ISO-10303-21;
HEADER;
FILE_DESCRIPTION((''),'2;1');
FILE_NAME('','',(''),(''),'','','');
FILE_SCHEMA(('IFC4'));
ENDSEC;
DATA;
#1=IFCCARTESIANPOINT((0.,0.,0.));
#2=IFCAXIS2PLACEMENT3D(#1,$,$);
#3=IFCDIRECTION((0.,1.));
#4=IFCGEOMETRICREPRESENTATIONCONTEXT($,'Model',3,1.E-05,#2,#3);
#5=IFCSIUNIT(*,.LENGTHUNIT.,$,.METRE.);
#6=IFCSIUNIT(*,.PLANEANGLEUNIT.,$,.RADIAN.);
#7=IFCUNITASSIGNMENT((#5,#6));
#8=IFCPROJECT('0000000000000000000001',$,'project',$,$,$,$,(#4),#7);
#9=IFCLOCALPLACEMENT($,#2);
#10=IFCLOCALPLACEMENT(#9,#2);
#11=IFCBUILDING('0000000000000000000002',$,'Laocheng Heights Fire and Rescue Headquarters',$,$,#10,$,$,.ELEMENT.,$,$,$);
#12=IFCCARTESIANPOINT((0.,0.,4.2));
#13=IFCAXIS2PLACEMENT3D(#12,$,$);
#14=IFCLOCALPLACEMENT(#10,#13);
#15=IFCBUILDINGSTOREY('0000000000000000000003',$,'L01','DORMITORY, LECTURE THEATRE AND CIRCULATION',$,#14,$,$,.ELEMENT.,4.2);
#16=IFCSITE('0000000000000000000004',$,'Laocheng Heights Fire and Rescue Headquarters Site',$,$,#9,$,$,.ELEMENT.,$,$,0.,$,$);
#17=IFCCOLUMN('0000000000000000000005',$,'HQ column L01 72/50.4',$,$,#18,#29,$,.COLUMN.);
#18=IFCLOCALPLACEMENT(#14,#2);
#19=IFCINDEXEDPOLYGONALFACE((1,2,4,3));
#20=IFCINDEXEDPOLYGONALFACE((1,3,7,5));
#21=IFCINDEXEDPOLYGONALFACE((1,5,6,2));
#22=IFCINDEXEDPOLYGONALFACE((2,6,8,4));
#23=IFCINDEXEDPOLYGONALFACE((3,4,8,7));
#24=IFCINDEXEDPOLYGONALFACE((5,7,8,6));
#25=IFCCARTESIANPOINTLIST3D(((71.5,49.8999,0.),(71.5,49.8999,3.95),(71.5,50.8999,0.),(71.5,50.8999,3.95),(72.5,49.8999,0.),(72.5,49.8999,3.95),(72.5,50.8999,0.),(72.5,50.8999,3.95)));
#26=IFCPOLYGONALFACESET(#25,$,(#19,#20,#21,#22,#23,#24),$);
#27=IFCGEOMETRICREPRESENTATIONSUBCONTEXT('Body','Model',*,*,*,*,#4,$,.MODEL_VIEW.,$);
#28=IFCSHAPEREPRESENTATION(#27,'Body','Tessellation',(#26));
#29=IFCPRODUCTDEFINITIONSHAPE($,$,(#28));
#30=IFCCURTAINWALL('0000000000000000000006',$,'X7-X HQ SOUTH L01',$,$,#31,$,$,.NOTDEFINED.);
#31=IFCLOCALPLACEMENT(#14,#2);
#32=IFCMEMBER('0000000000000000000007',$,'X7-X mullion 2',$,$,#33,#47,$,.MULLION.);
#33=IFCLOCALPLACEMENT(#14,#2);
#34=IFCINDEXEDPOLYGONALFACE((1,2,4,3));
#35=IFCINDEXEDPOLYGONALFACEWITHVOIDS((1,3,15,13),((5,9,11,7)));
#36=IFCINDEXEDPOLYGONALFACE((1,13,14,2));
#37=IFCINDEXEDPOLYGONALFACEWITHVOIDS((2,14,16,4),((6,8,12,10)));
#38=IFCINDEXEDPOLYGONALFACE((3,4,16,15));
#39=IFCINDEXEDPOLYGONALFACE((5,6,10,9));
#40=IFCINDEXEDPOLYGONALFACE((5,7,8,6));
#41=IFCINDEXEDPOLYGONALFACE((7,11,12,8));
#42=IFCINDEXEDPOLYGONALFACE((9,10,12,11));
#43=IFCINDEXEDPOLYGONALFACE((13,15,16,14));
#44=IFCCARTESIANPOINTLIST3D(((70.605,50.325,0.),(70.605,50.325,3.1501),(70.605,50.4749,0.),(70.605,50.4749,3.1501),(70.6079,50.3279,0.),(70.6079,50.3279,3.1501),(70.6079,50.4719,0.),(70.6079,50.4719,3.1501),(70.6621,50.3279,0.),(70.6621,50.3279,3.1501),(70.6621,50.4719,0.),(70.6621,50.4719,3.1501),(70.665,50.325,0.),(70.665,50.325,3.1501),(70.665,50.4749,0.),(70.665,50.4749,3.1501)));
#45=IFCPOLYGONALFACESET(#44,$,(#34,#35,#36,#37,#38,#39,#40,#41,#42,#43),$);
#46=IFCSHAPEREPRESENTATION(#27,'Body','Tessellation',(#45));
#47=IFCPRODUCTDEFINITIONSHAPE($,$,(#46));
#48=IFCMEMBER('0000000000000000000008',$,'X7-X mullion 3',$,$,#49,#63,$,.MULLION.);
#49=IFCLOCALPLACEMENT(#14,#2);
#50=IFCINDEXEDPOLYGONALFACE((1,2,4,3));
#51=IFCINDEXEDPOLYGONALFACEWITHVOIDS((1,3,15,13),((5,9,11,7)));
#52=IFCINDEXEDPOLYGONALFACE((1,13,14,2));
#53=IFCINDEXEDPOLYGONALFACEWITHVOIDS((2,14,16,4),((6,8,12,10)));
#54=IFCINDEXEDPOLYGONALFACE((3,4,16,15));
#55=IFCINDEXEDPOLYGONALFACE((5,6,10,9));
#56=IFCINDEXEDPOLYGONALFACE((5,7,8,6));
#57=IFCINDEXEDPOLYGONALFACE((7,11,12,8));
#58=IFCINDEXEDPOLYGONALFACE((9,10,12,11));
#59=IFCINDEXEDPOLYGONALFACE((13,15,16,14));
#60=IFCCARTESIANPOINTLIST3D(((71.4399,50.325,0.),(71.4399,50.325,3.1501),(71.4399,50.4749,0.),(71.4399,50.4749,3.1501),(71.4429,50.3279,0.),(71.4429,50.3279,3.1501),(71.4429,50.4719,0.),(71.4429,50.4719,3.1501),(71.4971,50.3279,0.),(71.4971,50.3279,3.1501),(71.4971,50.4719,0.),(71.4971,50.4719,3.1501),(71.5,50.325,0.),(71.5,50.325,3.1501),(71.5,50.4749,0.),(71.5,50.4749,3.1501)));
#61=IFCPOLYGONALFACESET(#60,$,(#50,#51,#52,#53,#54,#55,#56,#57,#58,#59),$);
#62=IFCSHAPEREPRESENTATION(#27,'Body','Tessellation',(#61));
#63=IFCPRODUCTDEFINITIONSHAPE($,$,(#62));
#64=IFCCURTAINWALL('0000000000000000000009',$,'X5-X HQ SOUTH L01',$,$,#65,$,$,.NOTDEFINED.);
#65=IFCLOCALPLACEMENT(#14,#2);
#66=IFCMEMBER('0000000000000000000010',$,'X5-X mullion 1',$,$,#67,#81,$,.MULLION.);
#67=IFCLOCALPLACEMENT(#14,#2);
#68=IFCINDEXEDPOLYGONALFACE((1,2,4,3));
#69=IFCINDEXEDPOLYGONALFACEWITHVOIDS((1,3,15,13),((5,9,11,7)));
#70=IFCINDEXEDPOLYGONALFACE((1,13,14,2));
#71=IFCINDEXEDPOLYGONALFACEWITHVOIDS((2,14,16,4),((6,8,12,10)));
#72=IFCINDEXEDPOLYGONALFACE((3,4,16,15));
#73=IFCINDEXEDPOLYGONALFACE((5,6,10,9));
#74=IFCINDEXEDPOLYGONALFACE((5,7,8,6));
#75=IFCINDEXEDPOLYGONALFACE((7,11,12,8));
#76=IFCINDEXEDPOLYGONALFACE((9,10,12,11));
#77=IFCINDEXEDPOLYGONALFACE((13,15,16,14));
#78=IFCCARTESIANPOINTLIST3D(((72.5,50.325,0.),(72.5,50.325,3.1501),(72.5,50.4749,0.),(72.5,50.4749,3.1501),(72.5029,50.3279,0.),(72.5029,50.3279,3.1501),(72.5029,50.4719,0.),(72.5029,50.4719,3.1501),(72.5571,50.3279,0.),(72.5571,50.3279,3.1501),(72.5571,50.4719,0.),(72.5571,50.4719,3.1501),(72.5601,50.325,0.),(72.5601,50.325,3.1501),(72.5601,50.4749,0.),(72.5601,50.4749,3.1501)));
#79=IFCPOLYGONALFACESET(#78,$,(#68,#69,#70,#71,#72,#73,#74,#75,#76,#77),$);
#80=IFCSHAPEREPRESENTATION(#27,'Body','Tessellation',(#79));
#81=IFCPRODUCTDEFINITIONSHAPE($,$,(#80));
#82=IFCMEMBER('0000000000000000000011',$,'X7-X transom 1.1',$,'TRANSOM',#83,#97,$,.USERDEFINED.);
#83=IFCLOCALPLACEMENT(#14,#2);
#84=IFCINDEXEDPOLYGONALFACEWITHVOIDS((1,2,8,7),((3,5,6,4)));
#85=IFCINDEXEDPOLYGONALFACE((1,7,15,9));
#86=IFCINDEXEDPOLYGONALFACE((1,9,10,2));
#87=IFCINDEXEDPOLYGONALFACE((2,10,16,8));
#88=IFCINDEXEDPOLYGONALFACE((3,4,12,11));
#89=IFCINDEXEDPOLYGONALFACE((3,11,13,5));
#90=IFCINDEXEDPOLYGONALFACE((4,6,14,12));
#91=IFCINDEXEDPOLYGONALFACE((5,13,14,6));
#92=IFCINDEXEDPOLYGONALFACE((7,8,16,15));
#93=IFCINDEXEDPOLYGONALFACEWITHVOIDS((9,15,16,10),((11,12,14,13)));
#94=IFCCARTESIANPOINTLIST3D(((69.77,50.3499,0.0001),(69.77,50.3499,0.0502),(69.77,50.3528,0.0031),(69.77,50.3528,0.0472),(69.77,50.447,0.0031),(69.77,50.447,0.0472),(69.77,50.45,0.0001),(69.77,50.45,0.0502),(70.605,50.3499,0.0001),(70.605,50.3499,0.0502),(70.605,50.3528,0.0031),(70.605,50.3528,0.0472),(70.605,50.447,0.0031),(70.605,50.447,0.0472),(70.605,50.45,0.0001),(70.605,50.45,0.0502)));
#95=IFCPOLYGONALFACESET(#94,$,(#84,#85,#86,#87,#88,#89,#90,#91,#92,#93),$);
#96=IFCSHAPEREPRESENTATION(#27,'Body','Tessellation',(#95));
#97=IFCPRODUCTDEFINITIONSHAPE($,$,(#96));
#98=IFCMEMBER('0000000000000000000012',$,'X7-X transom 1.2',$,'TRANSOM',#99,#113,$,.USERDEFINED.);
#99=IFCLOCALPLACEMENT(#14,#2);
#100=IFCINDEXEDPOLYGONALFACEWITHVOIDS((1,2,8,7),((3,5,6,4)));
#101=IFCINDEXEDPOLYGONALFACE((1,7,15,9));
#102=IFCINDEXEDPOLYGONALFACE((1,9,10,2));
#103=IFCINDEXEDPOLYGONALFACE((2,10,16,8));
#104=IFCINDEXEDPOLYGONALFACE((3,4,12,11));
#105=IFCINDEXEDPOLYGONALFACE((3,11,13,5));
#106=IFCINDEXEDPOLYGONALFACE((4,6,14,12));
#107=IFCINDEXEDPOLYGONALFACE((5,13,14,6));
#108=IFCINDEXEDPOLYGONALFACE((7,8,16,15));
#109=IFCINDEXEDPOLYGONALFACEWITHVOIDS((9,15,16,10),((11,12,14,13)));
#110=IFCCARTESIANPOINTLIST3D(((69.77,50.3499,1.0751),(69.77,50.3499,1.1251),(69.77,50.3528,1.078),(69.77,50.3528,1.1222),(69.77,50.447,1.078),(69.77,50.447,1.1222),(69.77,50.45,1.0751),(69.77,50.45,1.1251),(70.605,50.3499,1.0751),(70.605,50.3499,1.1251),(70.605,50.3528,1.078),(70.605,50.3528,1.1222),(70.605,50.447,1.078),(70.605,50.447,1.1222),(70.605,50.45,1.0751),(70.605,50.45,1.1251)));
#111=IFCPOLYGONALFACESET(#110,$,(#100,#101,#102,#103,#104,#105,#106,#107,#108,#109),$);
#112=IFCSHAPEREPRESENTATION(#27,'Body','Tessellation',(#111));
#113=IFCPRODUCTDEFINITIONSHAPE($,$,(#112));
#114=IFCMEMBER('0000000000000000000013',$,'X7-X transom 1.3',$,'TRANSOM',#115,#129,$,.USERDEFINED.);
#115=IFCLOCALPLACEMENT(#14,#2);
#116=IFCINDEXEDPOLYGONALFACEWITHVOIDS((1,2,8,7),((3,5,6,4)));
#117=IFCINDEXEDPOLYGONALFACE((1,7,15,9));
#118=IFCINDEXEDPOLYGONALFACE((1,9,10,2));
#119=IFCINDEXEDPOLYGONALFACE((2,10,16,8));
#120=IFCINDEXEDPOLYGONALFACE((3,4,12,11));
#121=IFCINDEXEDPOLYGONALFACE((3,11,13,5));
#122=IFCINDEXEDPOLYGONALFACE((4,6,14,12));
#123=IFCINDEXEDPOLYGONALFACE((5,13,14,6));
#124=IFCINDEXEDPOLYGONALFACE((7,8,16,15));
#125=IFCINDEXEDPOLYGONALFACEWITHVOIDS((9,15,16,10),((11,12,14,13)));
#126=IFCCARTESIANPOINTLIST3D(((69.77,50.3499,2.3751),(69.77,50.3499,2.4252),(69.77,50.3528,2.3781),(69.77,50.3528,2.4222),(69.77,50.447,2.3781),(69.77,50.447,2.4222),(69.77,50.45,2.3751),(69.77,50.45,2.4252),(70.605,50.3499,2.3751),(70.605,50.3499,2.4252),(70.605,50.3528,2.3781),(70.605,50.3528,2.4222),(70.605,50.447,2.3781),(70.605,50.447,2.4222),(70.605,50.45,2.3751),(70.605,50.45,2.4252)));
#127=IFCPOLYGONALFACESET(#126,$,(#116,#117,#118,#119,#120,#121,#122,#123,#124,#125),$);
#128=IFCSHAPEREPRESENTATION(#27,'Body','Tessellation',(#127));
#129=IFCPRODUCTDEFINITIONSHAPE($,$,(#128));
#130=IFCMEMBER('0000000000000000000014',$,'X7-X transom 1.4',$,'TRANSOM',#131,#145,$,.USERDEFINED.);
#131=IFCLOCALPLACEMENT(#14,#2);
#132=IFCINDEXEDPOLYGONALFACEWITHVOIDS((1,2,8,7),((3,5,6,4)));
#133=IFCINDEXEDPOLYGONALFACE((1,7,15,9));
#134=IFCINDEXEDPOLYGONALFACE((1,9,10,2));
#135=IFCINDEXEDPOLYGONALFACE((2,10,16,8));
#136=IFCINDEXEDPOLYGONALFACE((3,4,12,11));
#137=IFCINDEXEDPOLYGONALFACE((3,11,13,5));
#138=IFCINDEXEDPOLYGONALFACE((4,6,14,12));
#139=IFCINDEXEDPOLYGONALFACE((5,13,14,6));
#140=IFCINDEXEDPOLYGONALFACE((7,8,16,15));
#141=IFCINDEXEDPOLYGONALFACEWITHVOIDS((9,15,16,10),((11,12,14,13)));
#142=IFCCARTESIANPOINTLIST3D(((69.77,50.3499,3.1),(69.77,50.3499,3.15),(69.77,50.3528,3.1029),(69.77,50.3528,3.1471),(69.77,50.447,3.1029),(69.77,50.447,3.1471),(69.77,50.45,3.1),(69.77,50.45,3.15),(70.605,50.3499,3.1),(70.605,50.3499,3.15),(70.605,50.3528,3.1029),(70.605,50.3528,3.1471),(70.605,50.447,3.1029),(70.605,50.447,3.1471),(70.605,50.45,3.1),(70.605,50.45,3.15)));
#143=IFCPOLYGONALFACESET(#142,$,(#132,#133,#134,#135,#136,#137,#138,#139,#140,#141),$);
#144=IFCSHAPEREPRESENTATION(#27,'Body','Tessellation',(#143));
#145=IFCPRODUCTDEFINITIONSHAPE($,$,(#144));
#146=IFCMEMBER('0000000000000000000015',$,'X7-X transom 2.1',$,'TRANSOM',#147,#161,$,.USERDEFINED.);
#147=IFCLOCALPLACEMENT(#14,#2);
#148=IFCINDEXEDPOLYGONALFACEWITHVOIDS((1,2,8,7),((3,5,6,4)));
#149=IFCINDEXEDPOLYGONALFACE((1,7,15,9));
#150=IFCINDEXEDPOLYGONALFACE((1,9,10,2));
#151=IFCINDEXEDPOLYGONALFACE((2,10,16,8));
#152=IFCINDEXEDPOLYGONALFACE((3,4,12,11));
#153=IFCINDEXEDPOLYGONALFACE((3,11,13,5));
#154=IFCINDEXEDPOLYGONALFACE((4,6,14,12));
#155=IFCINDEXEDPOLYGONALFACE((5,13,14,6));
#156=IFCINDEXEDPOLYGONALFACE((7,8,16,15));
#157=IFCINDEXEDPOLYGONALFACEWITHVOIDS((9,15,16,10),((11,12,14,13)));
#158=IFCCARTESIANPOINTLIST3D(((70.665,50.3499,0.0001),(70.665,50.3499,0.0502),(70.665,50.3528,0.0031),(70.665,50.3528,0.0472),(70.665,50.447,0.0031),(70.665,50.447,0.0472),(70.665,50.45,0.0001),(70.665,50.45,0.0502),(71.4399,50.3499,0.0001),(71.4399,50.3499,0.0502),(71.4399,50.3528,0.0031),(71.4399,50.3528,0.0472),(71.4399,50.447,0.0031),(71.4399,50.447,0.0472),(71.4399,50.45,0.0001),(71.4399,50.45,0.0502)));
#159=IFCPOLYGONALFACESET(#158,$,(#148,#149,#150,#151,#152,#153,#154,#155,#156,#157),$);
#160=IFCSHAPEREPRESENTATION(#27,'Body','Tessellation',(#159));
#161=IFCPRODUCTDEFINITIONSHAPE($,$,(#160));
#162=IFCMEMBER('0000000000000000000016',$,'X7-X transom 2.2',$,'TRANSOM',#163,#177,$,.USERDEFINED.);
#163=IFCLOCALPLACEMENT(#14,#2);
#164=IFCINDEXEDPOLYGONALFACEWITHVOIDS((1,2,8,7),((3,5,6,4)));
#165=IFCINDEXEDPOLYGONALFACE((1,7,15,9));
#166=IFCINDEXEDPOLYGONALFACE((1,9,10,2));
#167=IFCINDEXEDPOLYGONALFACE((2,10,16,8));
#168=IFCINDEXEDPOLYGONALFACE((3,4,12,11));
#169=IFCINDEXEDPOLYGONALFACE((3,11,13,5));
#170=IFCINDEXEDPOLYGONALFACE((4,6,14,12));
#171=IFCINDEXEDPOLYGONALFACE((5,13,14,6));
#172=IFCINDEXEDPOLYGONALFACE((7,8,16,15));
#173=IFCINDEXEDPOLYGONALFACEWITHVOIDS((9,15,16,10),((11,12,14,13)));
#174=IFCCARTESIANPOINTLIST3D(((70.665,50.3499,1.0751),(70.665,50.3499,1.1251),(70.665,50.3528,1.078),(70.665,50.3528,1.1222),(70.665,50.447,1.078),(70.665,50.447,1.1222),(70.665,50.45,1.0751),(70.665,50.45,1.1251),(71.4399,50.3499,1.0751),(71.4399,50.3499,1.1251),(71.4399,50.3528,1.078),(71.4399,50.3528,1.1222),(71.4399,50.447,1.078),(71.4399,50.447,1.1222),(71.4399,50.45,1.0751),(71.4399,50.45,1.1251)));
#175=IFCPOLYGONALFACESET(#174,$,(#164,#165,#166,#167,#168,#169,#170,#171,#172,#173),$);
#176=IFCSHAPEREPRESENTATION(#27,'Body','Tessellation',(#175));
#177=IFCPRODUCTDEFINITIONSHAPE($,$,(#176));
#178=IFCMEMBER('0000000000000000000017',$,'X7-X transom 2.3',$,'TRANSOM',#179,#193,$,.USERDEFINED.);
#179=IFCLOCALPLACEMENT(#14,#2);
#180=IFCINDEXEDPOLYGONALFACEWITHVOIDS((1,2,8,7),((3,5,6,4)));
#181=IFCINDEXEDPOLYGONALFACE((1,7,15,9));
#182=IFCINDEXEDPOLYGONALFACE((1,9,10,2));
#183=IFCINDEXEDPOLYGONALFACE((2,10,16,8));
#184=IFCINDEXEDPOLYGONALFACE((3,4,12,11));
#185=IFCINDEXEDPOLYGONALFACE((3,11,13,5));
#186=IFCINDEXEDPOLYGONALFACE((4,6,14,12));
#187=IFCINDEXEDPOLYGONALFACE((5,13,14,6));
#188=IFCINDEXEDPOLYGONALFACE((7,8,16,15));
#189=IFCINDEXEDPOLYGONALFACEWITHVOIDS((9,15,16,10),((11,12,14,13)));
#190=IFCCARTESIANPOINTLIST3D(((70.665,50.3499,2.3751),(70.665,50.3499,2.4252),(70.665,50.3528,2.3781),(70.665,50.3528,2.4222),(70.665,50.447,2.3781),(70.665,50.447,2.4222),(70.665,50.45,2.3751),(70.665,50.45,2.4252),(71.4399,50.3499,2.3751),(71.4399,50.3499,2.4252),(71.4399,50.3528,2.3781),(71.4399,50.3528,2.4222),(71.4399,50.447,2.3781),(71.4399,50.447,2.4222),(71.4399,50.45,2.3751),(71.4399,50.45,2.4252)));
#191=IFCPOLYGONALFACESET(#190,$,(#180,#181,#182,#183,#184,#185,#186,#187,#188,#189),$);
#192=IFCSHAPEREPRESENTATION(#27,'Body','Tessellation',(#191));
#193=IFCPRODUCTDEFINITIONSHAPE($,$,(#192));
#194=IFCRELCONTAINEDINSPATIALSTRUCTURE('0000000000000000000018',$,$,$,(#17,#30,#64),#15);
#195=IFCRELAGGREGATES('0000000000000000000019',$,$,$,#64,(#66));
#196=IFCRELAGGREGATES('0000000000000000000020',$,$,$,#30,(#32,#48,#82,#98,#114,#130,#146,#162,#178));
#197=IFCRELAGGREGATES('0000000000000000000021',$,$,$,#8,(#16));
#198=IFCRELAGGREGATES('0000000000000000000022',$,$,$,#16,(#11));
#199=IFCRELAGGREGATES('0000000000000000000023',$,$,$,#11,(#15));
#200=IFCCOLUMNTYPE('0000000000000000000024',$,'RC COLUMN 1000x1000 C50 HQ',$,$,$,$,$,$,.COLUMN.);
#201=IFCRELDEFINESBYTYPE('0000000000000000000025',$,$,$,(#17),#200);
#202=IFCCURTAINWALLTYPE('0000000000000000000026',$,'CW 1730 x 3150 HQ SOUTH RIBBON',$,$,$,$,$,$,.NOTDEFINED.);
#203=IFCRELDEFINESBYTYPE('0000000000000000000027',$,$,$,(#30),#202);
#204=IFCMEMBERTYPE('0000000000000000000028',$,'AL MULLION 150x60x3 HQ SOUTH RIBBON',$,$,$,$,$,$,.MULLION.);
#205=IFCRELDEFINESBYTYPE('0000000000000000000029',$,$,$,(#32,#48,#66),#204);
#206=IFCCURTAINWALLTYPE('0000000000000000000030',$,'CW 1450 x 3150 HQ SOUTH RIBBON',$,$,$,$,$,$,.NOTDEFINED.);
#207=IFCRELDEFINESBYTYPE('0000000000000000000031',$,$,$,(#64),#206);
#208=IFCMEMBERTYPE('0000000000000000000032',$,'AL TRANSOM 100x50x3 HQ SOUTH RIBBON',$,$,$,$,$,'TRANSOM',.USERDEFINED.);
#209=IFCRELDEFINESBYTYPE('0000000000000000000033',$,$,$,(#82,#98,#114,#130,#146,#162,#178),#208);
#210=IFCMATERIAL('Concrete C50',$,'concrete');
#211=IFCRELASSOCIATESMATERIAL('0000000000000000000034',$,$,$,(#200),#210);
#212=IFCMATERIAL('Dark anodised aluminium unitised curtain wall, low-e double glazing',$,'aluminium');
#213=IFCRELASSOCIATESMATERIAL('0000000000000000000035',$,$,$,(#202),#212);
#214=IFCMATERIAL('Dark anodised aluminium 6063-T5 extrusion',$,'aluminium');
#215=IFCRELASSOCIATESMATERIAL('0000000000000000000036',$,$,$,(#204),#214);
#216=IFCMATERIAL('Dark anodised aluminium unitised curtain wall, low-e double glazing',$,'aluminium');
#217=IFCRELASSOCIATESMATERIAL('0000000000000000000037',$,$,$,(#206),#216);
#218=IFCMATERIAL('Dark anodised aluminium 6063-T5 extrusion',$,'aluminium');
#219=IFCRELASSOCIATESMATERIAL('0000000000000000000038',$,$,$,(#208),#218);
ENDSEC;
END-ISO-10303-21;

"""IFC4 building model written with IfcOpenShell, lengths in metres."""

from ifc_helpers import new_model, si_unit, direction, frame, origin, origin_2d, place, context, subcontext, project, spatial, rectangle, hollow_rectangle, extrude, material, material_profile, profile_set, type_object, element, aggregate, save


model = new_model("IFC4")

# Units and contexts
model_context = context("Model", 3, precision=1e-05, world=origin(), true_north=direction((0.0, 1.0)))
body_context = subcontext(model_context, "Body", "Model", "MODEL_VIEW")
ifc_project = project(units=[si_unit("LENGTHUNIT", "METRE"), si_unit("PLANEANGLEUNIT", "RADIAN")], contexts=[model_context])

# Site, building, storey
site_placement = place(None, origin())
site = spatial("IfcSite", under=ifc_project, at=site_placement, Name="Laocheng Heights Fire and Rescue Headquarters Site", CompositionType="ELEMENT", RefElevation=0.0)
building_placement = place(site_placement, origin())
building = spatial("IfcBuilding", under=site, at=building_placement, Name="Laocheng Heights Fire and Rescue Headquarters", CompositionType="ELEMENT")
storey_placement = place(building_placement, frame((0.0, 0.0, 4.2)))
storey = spatial("IfcBuildingStorey", under=building, at=storey_placement, Name="L01", Description="DORMITORY, LECTURE THEATRE AND CIRCULATION", CompositionType="ELEMENT", Elevation=4.2)

# Column
ifc_material_1 = material(Name="Concrete C50", Category="concrete")
ifc_material_profile_1 = material_profile(ifc_material_1, rectangle(XDim=1.0, YDim=1.0, at=origin_2d()), Name="RC COLUMN 1000x1000 C50 HQ")
ifc_profile_set_1 = profile_set([ifc_material_profile_1], Name="Concrete C50")
column_type = type_object("IfcColumnType", Name="RC COLUMN 1000x1000 C50 HQ", PredefinedType="COLUMN", material=ifc_profile_set_1)
column_placement = place(storey_placement, frame((72.0, 50.3999, 0.0), z_axis=(0.0, 0.0, 1.0), x_axis=(1.0, 0.0, 0.0)))
element("IfcColumn", 1, at=column_placement, inside=storey, type_object=column_type, Name="HQ column L01 72/50.4", PredefinedType="COLUMN", context=body_context, shape_type="SweptSolid", body=[
    extrude(rectangle(XDim=1.0, YDim=1.0, at=origin_2d()), origin(), (0.0, 0.0, 1.0), 3.95),
])

# Curtain wall, members
ifc_material_2 = material(Name="Dark anodised aluminium unitised curtain wall, low-e double glazing", Category="aluminium")
curtain_wall_type_1 = type_object("IfcCurtainWallType", Name="CW 1730 x 3150 HQ SOUTH RIBBON", PredefinedType="NOTDEFINED", material=ifc_material_2)
curtain_wall_1_placement = place(storey_placement, origin())
curtain_wall_1 = element("IfcCurtainWall", 2, at=curtain_wall_1_placement, inside=storey, type_object=curtain_wall_type_1, Name="X7-X HQ SOUTH L01", PredefinedType="NOTDEFINED")
ifc_material_3 = material(Name="Dark anodised aluminium 6063-T5 extrusion", Category="aluminium")
ifc_material_profile_2 = material_profile(ifc_material_3, hollow_rectangle(XDim=0.1499, YDim=0.0601, WallThickness=0.0029, at=origin_2d()), Name="AL MULLION 150x60x3 HQ SOUTH RIBBON")
ifc_profile_set_2 = profile_set([ifc_material_profile_2], Name="Dark anodised aluminium 6063-T5 extrusion")
member_type_1 = type_object("IfcMemberType", Name="AL MULLION 150x60x3 HQ SOUTH RIBBON", PredefinedType="MULLION", material=ifc_profile_set_2)
member_1_placement = place(storey_placement, frame((70.635, 50.3999, 0.0), z_axis=(0.0, 0.0, 1.0), x_axis=(0.0, 1.0, 0.0)))
member_1 = element("IfcMember", 3, at=member_1_placement, type_object=member_type_1, Name="X7-X mullion 2", PredefinedType="MULLION", context=body_context, shape_type="SweptSolid", body=[
    extrude(hollow_rectangle(XDim=0.1499, YDim=0.0601, WallThickness=0.0029, at=origin_2d()), origin(), (0.0, 0.0, 1.0), 3.1501),
])
member_2_placement = place(storey_placement, frame((71.47, 50.3999, 0.0), z_axis=(0.0, 0.0, 1.0), x_axis=(0.0, 1.0, 0.0)))
member_2 = element("IfcMember", 4, at=member_2_placement, type_object=member_type_1, Name="X7-X mullion 3", PredefinedType="MULLION", context=body_context, shape_type="SweptSolid", body=[
    extrude(hollow_rectangle(XDim=0.1499, YDim=0.0601, WallThickness=0.0029, at=origin_2d()), origin(), (0.0, 0.0, 1.0), 3.1501),
])

# Curtain wall, member
ifc_material_4 = material(Name="Dark anodised aluminium unitised curtain wall, low-e double glazing", Category="aluminium")
curtain_wall_type_2 = type_object("IfcCurtainWallType", Name="CW 1450 x 3150 HQ SOUTH RIBBON", PredefinedType="NOTDEFINED", material=ifc_material_4)
curtain_wall_2_placement = place(storey_placement, origin())
curtain_wall_2 = element("IfcCurtainWall", 5, at=curtain_wall_2_placement, inside=storey, type_object=curtain_wall_type_2, Name="X5-X HQ SOUTH L01", PredefinedType="NOTDEFINED")
member_3_placement = place(storey_placement, frame((72.53, 50.3999, 0.0), z_axis=(0.0, 0.0, 1.0), x_axis=(0.0, 1.0, 0.0)))
member_3 = element("IfcMember", 6, at=member_3_placement, type_object=member_type_1, Name="X5-X mullion 1", PredefinedType="MULLION", context=body_context, shape_type="SweptSolid", body=[
    extrude(hollow_rectangle(XDim=0.1499, YDim=0.0601, WallThickness=0.0029, at=origin_2d()), origin(), (0.0, 0.0, 1.0), 3.1501),
])

# Members
ifc_material_5 = material(Name="Dark anodised aluminium 6063-T5 extrusion", Category="aluminium")
ifc_material_profile_3 = material_profile(ifc_material_5, hollow_rectangle(XDim=0.1001, YDim=0.05, WallThickness=0.0029, at=origin_2d()), Name="AL TRANSOM 100x50x3 HQ SOUTH RIBBON")
ifc_profile_set_3 = profile_set([ifc_material_profile_3], Name="Dark anodised aluminium 6063-T5 extrusion")
member_type_2 = type_object("IfcMemberType", Name="AL TRANSOM 100x50x3 HQ SOUTH RIBBON", ElementType="TRANSOM", PredefinedType="USERDEFINED", material=ifc_profile_set_3)
member_4_placement = place(storey_placement, frame((69.77, 50.3999, 0.0251), z_axis=(1.0, 0.0, 0.0), x_axis=(0.0, 1.0, 0.0)))
member_4 = element("IfcMember", 7, at=member_4_placement, type_object=member_type_2, Name="X7-X transom 1.1", ObjectType="TRANSOM", PredefinedType="USERDEFINED", context=body_context, shape_type="SweptSolid", body=[
    extrude(hollow_rectangle(XDim=0.1001, YDim=0.05, WallThickness=0.0029, at=origin_2d()), origin(), (0.0, 0.0, 1.0), 0.835),
])
member_5_placement = place(storey_placement, frame((69.77, 50.3999, 1.1001), z_axis=(1.0, 0.0, 0.0), x_axis=(0.0, 1.0, 0.0)))
member_5 = element("IfcMember", 8, at=member_5_placement, type_object=member_type_2, Name="X7-X transom 1.2", ObjectType="TRANSOM", PredefinedType="USERDEFINED", context=body_context, shape_type="SweptSolid", body=[
    extrude(hollow_rectangle(XDim=0.1001, YDim=0.05, WallThickness=0.0029, at=origin_2d()), origin(), (0.0, 0.0, 1.0), 0.835),
])
member_6_placement = place(storey_placement, frame((69.77, 50.3999, 2.4001), z_axis=(1.0, 0.0, 0.0), x_axis=(0.0, 1.0, 0.0)))
member_6 = element("IfcMember", 9, at=member_6_placement, type_object=member_type_2, Name="X7-X transom 1.3", ObjectType="TRANSOM", PredefinedType="USERDEFINED", context=body_context, shape_type="SweptSolid", body=[
    extrude(hollow_rectangle(XDim=0.1001, YDim=0.05, WallThickness=0.0029, at=origin_2d()), origin(), (0.0, 0.0, 1.0), 0.835),
])
member_7_placement = place(storey_placement, frame((69.77, 50.3999, 3.125), z_axis=(1.0, 0.0, 0.0), x_axis=(0.0, 1.0, 0.0)))
member_7 = element("IfcMember", 10, at=member_7_placement, type_object=member_type_2, Name="X7-X transom 1.4", ObjectType="TRANSOM", PredefinedType="USERDEFINED", context=body_context, shape_type="SweptSolid", body=[
    extrude(hollow_rectangle(XDim=0.1001, YDim=0.05, WallThickness=0.0029, at=origin_2d()), origin(), (0.0, 0.0, 1.0), 0.835),
])
member_8_placement = place(storey_placement, frame((70.665, 50.3999, 0.0251), z_axis=(1.0, 0.0, 0.0), x_axis=(0.0, 1.0, 0.0)))
member_8 = element("IfcMember", 11, at=member_8_placement, type_object=member_type_2, Name="X7-X transom 2.1", ObjectType="TRANSOM", PredefinedType="USERDEFINED", context=body_context, shape_type="SweptSolid", body=[
    extrude(hollow_rectangle(XDim=0.1001, YDim=0.05, WallThickness=0.0029, at=origin_2d()), origin(), (0.0, 0.0, 1.0), 0.7749),
])
member_9_placement = place(storey_placement, frame((70.665, 50.3999, 1.1001), z_axis=(1.0, 0.0, 0.0), x_axis=(0.0, 1.0, 0.0)))
member_9 = element("IfcMember", 12, at=member_9_placement, type_object=member_type_2, Name="X7-X transom 2.2", ObjectType="TRANSOM", PredefinedType="USERDEFINED", context=body_context, shape_type="SweptSolid", body=[
    extrude(hollow_rectangle(XDim=0.1001, YDim=0.05, WallThickness=0.0029, at=origin_2d()), origin(), (0.0, 0.0, 1.0), 0.7749),
])
member_10_placement = place(storey_placement, frame((70.665, 50.3999, 2.4001), z_axis=(1.0, 0.0, 0.0), x_axis=(0.0, 1.0, 0.0)))
member_10 = element("IfcMember", 13, at=member_10_placement, type_object=member_type_2, Name="X7-X transom 2.3", ObjectType="TRANSOM", PredefinedType="USERDEFINED", context=body_context, shape_type="SweptSolid", body=[
    extrude(hollow_rectangle(XDim=0.1001, YDim=0.05, WallThickness=0.0029, at=origin_2d()), origin(), (0.0, 0.0, 1.0), 0.7749),
])
aggregate(curtain_wall_2, [member_3])

aggregate(curtain_wall_1, [member_1, member_2, member_4, member_5, member_6, member_7, member_8, member_9, member_10])

save(model, "model.ifc")
